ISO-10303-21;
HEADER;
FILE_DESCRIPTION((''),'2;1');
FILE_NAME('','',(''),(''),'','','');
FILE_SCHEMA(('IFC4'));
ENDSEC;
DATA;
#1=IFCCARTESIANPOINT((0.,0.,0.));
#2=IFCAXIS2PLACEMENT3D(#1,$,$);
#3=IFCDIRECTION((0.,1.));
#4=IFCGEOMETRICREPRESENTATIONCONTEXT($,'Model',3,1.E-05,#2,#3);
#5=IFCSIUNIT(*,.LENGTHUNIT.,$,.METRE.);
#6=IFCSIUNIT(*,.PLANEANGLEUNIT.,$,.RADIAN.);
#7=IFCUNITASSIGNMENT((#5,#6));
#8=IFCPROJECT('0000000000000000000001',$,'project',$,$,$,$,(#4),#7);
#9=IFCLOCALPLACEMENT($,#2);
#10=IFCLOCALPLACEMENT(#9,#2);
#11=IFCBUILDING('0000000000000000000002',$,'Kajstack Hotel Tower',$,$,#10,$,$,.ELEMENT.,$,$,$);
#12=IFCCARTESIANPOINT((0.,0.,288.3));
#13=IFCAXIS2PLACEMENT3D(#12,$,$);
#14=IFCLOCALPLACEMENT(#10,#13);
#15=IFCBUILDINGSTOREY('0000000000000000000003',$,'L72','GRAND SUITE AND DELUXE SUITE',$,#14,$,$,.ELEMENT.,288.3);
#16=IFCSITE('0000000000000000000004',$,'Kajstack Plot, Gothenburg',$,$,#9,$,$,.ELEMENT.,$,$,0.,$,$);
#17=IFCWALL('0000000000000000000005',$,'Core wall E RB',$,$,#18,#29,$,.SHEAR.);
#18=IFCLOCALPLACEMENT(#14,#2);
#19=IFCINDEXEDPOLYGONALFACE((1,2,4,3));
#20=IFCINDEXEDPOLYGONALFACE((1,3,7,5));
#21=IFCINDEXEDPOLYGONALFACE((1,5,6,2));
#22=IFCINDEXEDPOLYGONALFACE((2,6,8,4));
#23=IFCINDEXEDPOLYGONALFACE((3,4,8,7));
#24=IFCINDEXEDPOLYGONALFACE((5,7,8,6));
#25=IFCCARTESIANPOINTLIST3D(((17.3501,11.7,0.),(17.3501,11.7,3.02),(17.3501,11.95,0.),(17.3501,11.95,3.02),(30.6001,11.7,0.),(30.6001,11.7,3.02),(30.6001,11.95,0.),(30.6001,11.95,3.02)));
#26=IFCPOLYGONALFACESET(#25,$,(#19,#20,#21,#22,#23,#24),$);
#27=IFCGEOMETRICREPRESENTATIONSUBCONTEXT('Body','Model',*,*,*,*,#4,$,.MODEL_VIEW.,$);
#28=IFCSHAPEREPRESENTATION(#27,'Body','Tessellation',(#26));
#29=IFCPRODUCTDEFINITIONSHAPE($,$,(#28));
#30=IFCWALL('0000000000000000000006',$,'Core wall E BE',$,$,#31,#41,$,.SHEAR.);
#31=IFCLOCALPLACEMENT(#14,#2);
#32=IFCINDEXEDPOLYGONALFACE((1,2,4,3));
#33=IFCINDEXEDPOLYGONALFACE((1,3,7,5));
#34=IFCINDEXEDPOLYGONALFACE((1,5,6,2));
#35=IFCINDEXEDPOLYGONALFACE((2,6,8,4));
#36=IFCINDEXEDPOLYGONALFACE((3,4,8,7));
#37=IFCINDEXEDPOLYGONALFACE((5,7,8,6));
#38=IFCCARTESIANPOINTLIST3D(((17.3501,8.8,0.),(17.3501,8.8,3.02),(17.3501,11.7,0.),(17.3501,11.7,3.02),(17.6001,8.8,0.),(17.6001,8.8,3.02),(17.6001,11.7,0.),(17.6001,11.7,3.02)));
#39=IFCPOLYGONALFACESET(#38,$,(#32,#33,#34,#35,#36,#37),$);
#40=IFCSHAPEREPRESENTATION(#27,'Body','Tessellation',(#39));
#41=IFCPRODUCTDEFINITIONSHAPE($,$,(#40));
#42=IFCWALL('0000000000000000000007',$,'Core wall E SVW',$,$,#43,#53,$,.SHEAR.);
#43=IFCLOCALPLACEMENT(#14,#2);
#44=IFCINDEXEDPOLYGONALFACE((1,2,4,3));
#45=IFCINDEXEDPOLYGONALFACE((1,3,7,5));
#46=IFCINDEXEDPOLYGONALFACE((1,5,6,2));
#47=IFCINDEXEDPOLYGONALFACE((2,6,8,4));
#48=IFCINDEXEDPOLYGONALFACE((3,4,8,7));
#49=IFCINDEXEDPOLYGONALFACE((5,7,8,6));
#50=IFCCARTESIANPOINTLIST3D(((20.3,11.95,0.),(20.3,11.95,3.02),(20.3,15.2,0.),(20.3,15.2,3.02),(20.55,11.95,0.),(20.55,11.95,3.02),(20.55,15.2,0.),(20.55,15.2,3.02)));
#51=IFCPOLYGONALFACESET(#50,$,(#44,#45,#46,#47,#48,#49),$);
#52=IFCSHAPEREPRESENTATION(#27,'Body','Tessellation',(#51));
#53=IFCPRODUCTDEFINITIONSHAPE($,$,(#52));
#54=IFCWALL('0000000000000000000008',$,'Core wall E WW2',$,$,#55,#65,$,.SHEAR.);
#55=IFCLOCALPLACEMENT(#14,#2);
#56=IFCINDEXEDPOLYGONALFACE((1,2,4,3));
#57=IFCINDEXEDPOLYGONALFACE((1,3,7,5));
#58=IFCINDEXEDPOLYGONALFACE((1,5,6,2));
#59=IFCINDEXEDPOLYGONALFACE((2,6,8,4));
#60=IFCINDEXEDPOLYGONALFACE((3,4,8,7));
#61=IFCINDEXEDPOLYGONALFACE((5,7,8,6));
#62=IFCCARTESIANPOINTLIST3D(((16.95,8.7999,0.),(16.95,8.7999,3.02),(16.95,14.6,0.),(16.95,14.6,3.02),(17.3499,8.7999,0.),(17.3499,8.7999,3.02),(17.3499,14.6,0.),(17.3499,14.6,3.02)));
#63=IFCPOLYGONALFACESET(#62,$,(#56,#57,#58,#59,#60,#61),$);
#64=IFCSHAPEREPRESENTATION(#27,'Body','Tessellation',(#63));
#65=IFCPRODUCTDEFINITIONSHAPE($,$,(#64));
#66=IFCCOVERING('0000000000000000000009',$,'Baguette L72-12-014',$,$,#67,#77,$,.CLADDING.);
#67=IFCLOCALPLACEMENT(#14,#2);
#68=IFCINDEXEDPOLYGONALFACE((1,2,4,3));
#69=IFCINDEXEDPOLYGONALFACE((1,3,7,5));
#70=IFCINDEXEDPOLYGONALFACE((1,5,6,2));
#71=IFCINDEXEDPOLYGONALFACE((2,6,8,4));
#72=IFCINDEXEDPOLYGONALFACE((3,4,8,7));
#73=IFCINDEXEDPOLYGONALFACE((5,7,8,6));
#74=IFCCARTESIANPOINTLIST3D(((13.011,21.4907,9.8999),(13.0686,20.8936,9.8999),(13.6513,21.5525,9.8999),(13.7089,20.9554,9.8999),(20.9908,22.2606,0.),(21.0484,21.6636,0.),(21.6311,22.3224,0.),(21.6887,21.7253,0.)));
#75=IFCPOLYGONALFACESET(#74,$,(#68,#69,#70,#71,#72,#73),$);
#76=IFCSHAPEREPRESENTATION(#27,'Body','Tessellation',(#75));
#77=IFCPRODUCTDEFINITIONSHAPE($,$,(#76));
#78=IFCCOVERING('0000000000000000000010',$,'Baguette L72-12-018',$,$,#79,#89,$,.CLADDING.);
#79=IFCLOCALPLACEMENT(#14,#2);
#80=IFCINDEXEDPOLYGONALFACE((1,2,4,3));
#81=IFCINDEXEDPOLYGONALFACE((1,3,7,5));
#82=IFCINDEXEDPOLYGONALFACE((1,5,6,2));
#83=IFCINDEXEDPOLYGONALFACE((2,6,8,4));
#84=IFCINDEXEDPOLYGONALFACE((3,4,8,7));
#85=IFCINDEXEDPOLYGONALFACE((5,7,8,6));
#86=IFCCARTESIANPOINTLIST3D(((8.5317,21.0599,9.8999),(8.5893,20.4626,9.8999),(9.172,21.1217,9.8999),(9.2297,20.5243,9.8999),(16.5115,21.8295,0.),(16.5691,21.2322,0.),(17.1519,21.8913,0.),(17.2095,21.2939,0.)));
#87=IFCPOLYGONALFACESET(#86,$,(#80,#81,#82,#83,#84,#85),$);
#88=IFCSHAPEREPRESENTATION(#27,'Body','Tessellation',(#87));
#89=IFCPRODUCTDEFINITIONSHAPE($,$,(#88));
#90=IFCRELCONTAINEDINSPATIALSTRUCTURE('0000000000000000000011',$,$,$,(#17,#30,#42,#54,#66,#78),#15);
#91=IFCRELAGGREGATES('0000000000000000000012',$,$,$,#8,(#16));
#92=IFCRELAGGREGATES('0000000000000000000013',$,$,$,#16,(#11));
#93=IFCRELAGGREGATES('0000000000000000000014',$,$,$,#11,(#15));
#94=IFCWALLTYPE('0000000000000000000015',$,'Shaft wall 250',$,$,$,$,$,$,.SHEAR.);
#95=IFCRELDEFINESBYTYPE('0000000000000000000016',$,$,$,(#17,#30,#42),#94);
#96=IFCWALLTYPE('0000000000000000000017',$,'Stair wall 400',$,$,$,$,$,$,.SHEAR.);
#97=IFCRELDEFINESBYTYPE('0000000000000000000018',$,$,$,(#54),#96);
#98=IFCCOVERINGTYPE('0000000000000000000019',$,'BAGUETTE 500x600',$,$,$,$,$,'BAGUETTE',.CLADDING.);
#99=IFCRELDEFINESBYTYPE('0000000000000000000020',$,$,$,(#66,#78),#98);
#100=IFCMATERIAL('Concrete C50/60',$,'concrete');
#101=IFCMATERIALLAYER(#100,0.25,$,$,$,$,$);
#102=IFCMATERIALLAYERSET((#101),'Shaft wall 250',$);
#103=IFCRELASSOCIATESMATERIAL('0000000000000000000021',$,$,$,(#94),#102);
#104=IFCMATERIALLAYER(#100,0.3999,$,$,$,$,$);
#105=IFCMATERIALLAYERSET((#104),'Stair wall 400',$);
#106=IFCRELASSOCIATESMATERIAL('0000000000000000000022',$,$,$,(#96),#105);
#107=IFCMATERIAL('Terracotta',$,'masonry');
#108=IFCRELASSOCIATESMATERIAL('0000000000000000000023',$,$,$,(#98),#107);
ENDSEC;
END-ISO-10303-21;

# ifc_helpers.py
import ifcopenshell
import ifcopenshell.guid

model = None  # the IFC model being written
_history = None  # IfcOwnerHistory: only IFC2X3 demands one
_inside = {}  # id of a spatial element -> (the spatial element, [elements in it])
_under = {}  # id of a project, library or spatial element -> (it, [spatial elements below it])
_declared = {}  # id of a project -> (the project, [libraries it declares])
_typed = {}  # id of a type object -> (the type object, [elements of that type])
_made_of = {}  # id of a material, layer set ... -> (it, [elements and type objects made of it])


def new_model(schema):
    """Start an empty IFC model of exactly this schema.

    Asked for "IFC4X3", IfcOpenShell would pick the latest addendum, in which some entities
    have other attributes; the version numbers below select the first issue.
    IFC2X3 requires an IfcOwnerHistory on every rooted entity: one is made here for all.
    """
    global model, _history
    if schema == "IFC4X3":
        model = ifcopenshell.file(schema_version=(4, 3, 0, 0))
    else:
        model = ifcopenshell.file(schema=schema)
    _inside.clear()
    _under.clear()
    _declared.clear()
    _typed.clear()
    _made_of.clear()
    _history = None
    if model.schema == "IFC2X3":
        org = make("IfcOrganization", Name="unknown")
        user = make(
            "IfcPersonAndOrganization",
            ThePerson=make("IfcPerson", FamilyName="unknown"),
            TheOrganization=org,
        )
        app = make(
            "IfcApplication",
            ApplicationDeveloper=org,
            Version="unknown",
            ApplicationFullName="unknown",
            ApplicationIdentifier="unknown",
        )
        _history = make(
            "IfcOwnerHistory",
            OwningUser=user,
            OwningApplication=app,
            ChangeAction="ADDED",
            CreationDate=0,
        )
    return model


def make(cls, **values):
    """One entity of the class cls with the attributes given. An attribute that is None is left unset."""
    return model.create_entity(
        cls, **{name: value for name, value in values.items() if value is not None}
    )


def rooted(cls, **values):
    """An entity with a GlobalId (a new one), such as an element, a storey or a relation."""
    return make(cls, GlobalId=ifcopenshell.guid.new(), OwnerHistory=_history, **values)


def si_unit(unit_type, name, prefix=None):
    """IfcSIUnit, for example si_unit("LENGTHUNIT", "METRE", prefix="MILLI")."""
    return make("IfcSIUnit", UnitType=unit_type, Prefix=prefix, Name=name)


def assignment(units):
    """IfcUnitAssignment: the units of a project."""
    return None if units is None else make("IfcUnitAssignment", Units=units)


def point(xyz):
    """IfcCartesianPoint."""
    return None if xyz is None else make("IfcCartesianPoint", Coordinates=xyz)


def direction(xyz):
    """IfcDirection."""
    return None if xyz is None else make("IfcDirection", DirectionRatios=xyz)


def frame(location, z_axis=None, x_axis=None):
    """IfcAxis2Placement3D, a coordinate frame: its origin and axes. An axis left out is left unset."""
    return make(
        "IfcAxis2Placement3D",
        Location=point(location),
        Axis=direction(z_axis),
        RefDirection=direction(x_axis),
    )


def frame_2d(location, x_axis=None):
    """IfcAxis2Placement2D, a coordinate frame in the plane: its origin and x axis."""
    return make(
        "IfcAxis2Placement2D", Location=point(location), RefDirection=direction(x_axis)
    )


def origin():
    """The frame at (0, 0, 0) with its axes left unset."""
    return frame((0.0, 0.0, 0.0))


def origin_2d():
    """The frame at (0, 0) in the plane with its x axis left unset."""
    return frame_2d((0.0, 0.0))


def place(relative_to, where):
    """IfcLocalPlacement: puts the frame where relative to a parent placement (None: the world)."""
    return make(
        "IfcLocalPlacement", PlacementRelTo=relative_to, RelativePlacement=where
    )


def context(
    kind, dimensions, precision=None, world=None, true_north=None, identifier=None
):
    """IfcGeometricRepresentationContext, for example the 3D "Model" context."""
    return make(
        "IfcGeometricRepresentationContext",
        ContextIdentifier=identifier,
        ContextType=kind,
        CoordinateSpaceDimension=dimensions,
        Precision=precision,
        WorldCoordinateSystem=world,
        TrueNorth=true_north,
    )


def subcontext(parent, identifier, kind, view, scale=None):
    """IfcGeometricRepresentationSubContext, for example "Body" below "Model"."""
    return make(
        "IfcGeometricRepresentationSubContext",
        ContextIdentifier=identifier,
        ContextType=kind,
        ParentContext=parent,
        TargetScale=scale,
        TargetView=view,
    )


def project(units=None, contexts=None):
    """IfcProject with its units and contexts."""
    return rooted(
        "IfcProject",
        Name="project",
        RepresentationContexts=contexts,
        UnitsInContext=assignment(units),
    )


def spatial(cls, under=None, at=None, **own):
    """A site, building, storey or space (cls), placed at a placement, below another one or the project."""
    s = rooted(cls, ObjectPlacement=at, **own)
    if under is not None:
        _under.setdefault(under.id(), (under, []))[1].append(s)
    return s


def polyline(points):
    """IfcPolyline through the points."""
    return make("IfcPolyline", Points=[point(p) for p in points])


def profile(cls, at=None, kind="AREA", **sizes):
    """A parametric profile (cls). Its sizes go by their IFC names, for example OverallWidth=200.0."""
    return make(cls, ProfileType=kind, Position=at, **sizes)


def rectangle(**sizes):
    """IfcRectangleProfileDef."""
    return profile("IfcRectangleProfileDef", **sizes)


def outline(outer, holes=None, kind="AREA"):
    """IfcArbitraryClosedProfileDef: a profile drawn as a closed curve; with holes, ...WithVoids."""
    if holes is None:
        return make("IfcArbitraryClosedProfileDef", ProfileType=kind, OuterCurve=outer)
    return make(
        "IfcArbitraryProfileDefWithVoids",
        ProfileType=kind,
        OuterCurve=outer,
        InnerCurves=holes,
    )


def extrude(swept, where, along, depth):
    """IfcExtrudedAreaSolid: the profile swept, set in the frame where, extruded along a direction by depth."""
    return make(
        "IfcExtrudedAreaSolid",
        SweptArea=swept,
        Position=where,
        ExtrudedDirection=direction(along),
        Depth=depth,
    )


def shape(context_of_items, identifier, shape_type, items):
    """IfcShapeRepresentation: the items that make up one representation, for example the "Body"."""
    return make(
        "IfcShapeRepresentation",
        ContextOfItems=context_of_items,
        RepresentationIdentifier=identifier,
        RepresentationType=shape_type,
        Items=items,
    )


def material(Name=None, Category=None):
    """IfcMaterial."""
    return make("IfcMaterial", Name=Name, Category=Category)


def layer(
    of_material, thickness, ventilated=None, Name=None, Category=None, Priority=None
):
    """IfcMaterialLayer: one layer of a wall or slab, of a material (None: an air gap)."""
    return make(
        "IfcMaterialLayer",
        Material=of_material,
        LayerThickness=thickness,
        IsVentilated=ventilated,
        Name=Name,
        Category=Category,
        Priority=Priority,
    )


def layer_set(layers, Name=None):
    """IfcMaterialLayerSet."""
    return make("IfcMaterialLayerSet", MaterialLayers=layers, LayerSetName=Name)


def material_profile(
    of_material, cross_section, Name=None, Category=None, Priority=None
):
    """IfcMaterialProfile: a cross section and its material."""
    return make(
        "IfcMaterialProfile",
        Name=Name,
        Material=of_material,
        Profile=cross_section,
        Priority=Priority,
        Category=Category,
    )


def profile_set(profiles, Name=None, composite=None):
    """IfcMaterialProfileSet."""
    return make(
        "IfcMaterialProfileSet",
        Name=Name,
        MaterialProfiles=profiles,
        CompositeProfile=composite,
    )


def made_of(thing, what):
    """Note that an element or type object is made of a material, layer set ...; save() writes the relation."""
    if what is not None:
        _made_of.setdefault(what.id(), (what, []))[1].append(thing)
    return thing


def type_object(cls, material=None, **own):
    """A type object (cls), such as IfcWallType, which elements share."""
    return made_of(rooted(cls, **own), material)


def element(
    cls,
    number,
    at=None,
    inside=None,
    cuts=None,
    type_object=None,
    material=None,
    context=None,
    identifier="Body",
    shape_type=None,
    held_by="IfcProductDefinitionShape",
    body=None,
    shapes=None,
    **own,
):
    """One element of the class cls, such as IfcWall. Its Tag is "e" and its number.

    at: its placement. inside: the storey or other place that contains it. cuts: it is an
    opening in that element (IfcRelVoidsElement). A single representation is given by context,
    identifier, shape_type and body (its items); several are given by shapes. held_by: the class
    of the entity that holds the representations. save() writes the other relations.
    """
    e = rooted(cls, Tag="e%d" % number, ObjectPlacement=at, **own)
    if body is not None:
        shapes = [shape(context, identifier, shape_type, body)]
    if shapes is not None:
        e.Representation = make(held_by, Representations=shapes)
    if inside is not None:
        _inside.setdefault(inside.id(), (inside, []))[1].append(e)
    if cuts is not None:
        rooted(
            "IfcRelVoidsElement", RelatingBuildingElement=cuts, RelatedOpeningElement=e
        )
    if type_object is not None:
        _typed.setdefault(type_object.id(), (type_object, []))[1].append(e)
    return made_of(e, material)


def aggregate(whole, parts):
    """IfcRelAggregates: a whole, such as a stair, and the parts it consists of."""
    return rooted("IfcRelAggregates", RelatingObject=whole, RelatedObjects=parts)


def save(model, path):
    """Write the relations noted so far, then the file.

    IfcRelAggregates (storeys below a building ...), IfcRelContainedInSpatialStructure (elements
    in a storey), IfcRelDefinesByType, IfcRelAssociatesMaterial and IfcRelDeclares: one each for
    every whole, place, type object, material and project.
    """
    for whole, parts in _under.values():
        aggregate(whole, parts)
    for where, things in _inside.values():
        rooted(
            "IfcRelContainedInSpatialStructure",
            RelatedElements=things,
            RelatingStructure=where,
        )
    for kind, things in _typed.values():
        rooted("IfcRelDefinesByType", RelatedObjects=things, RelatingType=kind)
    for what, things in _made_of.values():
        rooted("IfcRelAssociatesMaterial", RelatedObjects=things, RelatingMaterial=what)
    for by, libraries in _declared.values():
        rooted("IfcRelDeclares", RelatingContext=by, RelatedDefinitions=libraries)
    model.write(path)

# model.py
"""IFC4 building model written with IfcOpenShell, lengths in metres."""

from ifc_helpers import new_model, si_unit, direction, frame, frame_2d, origin, origin_2d, place, context, subcontext, project, spatial, polyline, rectangle, outline, extrude, material, layer, layer_set, material_profile, profile_set, type_object, element, save


model = new_model("IFC4")

# Units and contexts
model_context = context("Model", 3, precision=1e-05, world=origin(), true_north=direction((0.0, 1.0)))
body_context = subcontext(model_context, "Body", "Model", "MODEL_VIEW")
ifc_project = project(units=[si_unit("LENGTHUNIT", "METRE"), si_unit("PLANEANGLEUNIT", "RADIAN")], contexts=[model_context])

# Site, building, storey
site_placement = place(None, origin())
site = spatial("IfcSite", under=ifc_project, at=site_placement, Name="Kajstack Plot, Gothenburg", CompositionType="ELEMENT", RefElevation=0.0)
building_placement = place(site_placement, origin())
building = spatial("IfcBuilding", under=site, at=building_placement, Name="Kajstack Hotel Tower", CompositionType="ELEMENT")
storey_placement = place(building_placement, frame((0.0, 0.0, 288.3)))
storey = spatial("IfcBuildingStorey", under=building, at=storey_placement, Name="L72", Description="GRAND SUITE AND DELUXE SUITE", CompositionType="ELEMENT", Elevation=288.3)

# Shared definitions
ifc_material_1 = material(Name="Concrete C50/60", Category="concrete")
ifc_layer_1 = layer(ifc_material_1, 0.25)
ifc_layer_set_1 = layer_set([ifc_layer_1], Name="Shaft wall 250")
wall_type_1 = type_object("IfcWallType", Name="Shaft wall 250", PredefinedType="SHEAR", material=ifc_layer_set_1)

# Walls
wall_1_placement = place(storey_placement, frame((17.3501, 11.825, 0.0), z_axis=(0.0, 0.0, 1.0), x_axis=(1.0, 0.0, 0.0)))
element("IfcWall", 1, at=wall_1_placement, inside=storey, type_object=wall_type_1, Name="Core wall E RB", PredefinedType="SHEAR", context=body_context, shape_type="SweptSolid", body=[
    extrude(rectangle(XDim=13.25, YDim=0.25, at=frame_2d((6.625, 0.0))), origin(), (0.0, 0.0, 1.0), 3.02),
])
wall_2_placement = place(storey_placement, frame((17.4751, 8.8, 0.0), z_axis=(0.0, 0.0, 1.0), x_axis=(0.0, 1.0, 0.0)))
element("IfcWall", 2, at=wall_2_placement, inside=storey, type_object=wall_type_1, Name="Core wall E BE", PredefinedType="SHEAR", context=body_context, shape_type="SweptSolid", body=[
    extrude(rectangle(XDim=2.8999, YDim=0.25, at=frame_2d((1.45, 0.0))), origin(), (0.0, 0.0, 1.0), 3.02),
])
wall_3_placement = place(storey_placement, frame((20.425, 11.95, 0.0), z_axis=(0.0, 0.0, 1.0), x_axis=(0.0, 1.0, 0.0)))
element("IfcWall", 3, at=wall_3_placement, inside=storey, type_object=wall_type_1, Name="Core wall E SVW", PredefinedType="SHEAR", context=body_context, shape_type="SweptSolid", body=[
    extrude(rectangle(XDim=3.25, YDim=0.25, at=frame_2d((1.625, 0.0))), origin(), (0.0, 0.0, 1.0), 3.02),
])
ifc_layer_2 = layer(ifc_material_1, 0.3999)
ifc_layer_set_2 = layer_set([ifc_layer_2], Name="Stair wall 400")
wall_type_2 = type_object("IfcWallType", Name="Stair wall 400", PredefinedType="SHEAR", material=ifc_layer_set_2)
wall_4_placement = place(storey_placement, frame((17.1499, 8.8, 0.0), z_axis=(0.0, 0.0, 1.0), x_axis=(0.0, 1.0, 0.0)))
element("IfcWall", 4, at=wall_4_placement, inside=storey, type_object=wall_type_2, Name="Core wall E WW2", PredefinedType="SHEAR", context=body_context, shape_type="SweptSolid", body=[
    extrude(rectangle(XDim=5.8, YDim=0.3999, at=frame_2d((2.8999, 0.0))), origin(), (0.0, 0.0, 1.0), 3.02),
])

# Coverings
ifc_material_2 = material(Name="Terracotta", Category="masonry")
ifc_material_profile = material_profile(ifc_material_2, rectangle(XDim=0.6001, YDim=0.5, at=origin_2d()), Name="Terracotta-clad concrete baguette 500 x 600")
ifc_profile_set = profile_set([ifc_material_profile], Name="Terracotta")
covering_type = type_object("IfcCoveringType", Name="BAGUETTE 500x600", ElementType="BAGUETTE", PredefinedType="CLADDING", material=ifc_profile_set)
covering_1_placement = place(storey_placement, frame((21.6887, 21.7253, 0.0), z_axis=(-0.096038, 0.995378, 0.0), x_axis=(-0.995378, -0.096038, 0.0)))
element("IfcCovering", 5, at=covering_1_placement, inside=storey, type_object=covering_type, Name="Baguette L72-12-014", PredefinedType="CLADDING", context=body_context, shape_type="SweptSolid", body=[
    extrude(outline(polyline([(8.0168, 9.8999), (0.0, 0.0), (0.6433, 0.0), (8.6602, 9.8999), (8.0168, 9.8999)])), origin(), (0.0, 0.0, 1.0), 0.5999),
])
covering_2_placement = place(storey_placement, frame((17.2095, 21.2939, 0.0), z_axis=(-0.095999, 0.995381, 0.0), x_axis=(-0.995381, -0.095999, 0.0)))
element("IfcCovering", 6, at=covering_2_placement, inside=storey, type_object=covering_type, Name="Baguette L72-12-018", PredefinedType="CLADDING", context=body_context, shape_type="SweptSolid", body=[
    extrude(outline(polyline([(8.0168, 9.8999), (0.0, 0.0), (0.6433, 0.0), (8.6602, 9.8999), (8.0168, 9.8999)])), origin(), (0.0, 0.0, 1.0), 0.6001),
])

save(model, "model.ifc")
